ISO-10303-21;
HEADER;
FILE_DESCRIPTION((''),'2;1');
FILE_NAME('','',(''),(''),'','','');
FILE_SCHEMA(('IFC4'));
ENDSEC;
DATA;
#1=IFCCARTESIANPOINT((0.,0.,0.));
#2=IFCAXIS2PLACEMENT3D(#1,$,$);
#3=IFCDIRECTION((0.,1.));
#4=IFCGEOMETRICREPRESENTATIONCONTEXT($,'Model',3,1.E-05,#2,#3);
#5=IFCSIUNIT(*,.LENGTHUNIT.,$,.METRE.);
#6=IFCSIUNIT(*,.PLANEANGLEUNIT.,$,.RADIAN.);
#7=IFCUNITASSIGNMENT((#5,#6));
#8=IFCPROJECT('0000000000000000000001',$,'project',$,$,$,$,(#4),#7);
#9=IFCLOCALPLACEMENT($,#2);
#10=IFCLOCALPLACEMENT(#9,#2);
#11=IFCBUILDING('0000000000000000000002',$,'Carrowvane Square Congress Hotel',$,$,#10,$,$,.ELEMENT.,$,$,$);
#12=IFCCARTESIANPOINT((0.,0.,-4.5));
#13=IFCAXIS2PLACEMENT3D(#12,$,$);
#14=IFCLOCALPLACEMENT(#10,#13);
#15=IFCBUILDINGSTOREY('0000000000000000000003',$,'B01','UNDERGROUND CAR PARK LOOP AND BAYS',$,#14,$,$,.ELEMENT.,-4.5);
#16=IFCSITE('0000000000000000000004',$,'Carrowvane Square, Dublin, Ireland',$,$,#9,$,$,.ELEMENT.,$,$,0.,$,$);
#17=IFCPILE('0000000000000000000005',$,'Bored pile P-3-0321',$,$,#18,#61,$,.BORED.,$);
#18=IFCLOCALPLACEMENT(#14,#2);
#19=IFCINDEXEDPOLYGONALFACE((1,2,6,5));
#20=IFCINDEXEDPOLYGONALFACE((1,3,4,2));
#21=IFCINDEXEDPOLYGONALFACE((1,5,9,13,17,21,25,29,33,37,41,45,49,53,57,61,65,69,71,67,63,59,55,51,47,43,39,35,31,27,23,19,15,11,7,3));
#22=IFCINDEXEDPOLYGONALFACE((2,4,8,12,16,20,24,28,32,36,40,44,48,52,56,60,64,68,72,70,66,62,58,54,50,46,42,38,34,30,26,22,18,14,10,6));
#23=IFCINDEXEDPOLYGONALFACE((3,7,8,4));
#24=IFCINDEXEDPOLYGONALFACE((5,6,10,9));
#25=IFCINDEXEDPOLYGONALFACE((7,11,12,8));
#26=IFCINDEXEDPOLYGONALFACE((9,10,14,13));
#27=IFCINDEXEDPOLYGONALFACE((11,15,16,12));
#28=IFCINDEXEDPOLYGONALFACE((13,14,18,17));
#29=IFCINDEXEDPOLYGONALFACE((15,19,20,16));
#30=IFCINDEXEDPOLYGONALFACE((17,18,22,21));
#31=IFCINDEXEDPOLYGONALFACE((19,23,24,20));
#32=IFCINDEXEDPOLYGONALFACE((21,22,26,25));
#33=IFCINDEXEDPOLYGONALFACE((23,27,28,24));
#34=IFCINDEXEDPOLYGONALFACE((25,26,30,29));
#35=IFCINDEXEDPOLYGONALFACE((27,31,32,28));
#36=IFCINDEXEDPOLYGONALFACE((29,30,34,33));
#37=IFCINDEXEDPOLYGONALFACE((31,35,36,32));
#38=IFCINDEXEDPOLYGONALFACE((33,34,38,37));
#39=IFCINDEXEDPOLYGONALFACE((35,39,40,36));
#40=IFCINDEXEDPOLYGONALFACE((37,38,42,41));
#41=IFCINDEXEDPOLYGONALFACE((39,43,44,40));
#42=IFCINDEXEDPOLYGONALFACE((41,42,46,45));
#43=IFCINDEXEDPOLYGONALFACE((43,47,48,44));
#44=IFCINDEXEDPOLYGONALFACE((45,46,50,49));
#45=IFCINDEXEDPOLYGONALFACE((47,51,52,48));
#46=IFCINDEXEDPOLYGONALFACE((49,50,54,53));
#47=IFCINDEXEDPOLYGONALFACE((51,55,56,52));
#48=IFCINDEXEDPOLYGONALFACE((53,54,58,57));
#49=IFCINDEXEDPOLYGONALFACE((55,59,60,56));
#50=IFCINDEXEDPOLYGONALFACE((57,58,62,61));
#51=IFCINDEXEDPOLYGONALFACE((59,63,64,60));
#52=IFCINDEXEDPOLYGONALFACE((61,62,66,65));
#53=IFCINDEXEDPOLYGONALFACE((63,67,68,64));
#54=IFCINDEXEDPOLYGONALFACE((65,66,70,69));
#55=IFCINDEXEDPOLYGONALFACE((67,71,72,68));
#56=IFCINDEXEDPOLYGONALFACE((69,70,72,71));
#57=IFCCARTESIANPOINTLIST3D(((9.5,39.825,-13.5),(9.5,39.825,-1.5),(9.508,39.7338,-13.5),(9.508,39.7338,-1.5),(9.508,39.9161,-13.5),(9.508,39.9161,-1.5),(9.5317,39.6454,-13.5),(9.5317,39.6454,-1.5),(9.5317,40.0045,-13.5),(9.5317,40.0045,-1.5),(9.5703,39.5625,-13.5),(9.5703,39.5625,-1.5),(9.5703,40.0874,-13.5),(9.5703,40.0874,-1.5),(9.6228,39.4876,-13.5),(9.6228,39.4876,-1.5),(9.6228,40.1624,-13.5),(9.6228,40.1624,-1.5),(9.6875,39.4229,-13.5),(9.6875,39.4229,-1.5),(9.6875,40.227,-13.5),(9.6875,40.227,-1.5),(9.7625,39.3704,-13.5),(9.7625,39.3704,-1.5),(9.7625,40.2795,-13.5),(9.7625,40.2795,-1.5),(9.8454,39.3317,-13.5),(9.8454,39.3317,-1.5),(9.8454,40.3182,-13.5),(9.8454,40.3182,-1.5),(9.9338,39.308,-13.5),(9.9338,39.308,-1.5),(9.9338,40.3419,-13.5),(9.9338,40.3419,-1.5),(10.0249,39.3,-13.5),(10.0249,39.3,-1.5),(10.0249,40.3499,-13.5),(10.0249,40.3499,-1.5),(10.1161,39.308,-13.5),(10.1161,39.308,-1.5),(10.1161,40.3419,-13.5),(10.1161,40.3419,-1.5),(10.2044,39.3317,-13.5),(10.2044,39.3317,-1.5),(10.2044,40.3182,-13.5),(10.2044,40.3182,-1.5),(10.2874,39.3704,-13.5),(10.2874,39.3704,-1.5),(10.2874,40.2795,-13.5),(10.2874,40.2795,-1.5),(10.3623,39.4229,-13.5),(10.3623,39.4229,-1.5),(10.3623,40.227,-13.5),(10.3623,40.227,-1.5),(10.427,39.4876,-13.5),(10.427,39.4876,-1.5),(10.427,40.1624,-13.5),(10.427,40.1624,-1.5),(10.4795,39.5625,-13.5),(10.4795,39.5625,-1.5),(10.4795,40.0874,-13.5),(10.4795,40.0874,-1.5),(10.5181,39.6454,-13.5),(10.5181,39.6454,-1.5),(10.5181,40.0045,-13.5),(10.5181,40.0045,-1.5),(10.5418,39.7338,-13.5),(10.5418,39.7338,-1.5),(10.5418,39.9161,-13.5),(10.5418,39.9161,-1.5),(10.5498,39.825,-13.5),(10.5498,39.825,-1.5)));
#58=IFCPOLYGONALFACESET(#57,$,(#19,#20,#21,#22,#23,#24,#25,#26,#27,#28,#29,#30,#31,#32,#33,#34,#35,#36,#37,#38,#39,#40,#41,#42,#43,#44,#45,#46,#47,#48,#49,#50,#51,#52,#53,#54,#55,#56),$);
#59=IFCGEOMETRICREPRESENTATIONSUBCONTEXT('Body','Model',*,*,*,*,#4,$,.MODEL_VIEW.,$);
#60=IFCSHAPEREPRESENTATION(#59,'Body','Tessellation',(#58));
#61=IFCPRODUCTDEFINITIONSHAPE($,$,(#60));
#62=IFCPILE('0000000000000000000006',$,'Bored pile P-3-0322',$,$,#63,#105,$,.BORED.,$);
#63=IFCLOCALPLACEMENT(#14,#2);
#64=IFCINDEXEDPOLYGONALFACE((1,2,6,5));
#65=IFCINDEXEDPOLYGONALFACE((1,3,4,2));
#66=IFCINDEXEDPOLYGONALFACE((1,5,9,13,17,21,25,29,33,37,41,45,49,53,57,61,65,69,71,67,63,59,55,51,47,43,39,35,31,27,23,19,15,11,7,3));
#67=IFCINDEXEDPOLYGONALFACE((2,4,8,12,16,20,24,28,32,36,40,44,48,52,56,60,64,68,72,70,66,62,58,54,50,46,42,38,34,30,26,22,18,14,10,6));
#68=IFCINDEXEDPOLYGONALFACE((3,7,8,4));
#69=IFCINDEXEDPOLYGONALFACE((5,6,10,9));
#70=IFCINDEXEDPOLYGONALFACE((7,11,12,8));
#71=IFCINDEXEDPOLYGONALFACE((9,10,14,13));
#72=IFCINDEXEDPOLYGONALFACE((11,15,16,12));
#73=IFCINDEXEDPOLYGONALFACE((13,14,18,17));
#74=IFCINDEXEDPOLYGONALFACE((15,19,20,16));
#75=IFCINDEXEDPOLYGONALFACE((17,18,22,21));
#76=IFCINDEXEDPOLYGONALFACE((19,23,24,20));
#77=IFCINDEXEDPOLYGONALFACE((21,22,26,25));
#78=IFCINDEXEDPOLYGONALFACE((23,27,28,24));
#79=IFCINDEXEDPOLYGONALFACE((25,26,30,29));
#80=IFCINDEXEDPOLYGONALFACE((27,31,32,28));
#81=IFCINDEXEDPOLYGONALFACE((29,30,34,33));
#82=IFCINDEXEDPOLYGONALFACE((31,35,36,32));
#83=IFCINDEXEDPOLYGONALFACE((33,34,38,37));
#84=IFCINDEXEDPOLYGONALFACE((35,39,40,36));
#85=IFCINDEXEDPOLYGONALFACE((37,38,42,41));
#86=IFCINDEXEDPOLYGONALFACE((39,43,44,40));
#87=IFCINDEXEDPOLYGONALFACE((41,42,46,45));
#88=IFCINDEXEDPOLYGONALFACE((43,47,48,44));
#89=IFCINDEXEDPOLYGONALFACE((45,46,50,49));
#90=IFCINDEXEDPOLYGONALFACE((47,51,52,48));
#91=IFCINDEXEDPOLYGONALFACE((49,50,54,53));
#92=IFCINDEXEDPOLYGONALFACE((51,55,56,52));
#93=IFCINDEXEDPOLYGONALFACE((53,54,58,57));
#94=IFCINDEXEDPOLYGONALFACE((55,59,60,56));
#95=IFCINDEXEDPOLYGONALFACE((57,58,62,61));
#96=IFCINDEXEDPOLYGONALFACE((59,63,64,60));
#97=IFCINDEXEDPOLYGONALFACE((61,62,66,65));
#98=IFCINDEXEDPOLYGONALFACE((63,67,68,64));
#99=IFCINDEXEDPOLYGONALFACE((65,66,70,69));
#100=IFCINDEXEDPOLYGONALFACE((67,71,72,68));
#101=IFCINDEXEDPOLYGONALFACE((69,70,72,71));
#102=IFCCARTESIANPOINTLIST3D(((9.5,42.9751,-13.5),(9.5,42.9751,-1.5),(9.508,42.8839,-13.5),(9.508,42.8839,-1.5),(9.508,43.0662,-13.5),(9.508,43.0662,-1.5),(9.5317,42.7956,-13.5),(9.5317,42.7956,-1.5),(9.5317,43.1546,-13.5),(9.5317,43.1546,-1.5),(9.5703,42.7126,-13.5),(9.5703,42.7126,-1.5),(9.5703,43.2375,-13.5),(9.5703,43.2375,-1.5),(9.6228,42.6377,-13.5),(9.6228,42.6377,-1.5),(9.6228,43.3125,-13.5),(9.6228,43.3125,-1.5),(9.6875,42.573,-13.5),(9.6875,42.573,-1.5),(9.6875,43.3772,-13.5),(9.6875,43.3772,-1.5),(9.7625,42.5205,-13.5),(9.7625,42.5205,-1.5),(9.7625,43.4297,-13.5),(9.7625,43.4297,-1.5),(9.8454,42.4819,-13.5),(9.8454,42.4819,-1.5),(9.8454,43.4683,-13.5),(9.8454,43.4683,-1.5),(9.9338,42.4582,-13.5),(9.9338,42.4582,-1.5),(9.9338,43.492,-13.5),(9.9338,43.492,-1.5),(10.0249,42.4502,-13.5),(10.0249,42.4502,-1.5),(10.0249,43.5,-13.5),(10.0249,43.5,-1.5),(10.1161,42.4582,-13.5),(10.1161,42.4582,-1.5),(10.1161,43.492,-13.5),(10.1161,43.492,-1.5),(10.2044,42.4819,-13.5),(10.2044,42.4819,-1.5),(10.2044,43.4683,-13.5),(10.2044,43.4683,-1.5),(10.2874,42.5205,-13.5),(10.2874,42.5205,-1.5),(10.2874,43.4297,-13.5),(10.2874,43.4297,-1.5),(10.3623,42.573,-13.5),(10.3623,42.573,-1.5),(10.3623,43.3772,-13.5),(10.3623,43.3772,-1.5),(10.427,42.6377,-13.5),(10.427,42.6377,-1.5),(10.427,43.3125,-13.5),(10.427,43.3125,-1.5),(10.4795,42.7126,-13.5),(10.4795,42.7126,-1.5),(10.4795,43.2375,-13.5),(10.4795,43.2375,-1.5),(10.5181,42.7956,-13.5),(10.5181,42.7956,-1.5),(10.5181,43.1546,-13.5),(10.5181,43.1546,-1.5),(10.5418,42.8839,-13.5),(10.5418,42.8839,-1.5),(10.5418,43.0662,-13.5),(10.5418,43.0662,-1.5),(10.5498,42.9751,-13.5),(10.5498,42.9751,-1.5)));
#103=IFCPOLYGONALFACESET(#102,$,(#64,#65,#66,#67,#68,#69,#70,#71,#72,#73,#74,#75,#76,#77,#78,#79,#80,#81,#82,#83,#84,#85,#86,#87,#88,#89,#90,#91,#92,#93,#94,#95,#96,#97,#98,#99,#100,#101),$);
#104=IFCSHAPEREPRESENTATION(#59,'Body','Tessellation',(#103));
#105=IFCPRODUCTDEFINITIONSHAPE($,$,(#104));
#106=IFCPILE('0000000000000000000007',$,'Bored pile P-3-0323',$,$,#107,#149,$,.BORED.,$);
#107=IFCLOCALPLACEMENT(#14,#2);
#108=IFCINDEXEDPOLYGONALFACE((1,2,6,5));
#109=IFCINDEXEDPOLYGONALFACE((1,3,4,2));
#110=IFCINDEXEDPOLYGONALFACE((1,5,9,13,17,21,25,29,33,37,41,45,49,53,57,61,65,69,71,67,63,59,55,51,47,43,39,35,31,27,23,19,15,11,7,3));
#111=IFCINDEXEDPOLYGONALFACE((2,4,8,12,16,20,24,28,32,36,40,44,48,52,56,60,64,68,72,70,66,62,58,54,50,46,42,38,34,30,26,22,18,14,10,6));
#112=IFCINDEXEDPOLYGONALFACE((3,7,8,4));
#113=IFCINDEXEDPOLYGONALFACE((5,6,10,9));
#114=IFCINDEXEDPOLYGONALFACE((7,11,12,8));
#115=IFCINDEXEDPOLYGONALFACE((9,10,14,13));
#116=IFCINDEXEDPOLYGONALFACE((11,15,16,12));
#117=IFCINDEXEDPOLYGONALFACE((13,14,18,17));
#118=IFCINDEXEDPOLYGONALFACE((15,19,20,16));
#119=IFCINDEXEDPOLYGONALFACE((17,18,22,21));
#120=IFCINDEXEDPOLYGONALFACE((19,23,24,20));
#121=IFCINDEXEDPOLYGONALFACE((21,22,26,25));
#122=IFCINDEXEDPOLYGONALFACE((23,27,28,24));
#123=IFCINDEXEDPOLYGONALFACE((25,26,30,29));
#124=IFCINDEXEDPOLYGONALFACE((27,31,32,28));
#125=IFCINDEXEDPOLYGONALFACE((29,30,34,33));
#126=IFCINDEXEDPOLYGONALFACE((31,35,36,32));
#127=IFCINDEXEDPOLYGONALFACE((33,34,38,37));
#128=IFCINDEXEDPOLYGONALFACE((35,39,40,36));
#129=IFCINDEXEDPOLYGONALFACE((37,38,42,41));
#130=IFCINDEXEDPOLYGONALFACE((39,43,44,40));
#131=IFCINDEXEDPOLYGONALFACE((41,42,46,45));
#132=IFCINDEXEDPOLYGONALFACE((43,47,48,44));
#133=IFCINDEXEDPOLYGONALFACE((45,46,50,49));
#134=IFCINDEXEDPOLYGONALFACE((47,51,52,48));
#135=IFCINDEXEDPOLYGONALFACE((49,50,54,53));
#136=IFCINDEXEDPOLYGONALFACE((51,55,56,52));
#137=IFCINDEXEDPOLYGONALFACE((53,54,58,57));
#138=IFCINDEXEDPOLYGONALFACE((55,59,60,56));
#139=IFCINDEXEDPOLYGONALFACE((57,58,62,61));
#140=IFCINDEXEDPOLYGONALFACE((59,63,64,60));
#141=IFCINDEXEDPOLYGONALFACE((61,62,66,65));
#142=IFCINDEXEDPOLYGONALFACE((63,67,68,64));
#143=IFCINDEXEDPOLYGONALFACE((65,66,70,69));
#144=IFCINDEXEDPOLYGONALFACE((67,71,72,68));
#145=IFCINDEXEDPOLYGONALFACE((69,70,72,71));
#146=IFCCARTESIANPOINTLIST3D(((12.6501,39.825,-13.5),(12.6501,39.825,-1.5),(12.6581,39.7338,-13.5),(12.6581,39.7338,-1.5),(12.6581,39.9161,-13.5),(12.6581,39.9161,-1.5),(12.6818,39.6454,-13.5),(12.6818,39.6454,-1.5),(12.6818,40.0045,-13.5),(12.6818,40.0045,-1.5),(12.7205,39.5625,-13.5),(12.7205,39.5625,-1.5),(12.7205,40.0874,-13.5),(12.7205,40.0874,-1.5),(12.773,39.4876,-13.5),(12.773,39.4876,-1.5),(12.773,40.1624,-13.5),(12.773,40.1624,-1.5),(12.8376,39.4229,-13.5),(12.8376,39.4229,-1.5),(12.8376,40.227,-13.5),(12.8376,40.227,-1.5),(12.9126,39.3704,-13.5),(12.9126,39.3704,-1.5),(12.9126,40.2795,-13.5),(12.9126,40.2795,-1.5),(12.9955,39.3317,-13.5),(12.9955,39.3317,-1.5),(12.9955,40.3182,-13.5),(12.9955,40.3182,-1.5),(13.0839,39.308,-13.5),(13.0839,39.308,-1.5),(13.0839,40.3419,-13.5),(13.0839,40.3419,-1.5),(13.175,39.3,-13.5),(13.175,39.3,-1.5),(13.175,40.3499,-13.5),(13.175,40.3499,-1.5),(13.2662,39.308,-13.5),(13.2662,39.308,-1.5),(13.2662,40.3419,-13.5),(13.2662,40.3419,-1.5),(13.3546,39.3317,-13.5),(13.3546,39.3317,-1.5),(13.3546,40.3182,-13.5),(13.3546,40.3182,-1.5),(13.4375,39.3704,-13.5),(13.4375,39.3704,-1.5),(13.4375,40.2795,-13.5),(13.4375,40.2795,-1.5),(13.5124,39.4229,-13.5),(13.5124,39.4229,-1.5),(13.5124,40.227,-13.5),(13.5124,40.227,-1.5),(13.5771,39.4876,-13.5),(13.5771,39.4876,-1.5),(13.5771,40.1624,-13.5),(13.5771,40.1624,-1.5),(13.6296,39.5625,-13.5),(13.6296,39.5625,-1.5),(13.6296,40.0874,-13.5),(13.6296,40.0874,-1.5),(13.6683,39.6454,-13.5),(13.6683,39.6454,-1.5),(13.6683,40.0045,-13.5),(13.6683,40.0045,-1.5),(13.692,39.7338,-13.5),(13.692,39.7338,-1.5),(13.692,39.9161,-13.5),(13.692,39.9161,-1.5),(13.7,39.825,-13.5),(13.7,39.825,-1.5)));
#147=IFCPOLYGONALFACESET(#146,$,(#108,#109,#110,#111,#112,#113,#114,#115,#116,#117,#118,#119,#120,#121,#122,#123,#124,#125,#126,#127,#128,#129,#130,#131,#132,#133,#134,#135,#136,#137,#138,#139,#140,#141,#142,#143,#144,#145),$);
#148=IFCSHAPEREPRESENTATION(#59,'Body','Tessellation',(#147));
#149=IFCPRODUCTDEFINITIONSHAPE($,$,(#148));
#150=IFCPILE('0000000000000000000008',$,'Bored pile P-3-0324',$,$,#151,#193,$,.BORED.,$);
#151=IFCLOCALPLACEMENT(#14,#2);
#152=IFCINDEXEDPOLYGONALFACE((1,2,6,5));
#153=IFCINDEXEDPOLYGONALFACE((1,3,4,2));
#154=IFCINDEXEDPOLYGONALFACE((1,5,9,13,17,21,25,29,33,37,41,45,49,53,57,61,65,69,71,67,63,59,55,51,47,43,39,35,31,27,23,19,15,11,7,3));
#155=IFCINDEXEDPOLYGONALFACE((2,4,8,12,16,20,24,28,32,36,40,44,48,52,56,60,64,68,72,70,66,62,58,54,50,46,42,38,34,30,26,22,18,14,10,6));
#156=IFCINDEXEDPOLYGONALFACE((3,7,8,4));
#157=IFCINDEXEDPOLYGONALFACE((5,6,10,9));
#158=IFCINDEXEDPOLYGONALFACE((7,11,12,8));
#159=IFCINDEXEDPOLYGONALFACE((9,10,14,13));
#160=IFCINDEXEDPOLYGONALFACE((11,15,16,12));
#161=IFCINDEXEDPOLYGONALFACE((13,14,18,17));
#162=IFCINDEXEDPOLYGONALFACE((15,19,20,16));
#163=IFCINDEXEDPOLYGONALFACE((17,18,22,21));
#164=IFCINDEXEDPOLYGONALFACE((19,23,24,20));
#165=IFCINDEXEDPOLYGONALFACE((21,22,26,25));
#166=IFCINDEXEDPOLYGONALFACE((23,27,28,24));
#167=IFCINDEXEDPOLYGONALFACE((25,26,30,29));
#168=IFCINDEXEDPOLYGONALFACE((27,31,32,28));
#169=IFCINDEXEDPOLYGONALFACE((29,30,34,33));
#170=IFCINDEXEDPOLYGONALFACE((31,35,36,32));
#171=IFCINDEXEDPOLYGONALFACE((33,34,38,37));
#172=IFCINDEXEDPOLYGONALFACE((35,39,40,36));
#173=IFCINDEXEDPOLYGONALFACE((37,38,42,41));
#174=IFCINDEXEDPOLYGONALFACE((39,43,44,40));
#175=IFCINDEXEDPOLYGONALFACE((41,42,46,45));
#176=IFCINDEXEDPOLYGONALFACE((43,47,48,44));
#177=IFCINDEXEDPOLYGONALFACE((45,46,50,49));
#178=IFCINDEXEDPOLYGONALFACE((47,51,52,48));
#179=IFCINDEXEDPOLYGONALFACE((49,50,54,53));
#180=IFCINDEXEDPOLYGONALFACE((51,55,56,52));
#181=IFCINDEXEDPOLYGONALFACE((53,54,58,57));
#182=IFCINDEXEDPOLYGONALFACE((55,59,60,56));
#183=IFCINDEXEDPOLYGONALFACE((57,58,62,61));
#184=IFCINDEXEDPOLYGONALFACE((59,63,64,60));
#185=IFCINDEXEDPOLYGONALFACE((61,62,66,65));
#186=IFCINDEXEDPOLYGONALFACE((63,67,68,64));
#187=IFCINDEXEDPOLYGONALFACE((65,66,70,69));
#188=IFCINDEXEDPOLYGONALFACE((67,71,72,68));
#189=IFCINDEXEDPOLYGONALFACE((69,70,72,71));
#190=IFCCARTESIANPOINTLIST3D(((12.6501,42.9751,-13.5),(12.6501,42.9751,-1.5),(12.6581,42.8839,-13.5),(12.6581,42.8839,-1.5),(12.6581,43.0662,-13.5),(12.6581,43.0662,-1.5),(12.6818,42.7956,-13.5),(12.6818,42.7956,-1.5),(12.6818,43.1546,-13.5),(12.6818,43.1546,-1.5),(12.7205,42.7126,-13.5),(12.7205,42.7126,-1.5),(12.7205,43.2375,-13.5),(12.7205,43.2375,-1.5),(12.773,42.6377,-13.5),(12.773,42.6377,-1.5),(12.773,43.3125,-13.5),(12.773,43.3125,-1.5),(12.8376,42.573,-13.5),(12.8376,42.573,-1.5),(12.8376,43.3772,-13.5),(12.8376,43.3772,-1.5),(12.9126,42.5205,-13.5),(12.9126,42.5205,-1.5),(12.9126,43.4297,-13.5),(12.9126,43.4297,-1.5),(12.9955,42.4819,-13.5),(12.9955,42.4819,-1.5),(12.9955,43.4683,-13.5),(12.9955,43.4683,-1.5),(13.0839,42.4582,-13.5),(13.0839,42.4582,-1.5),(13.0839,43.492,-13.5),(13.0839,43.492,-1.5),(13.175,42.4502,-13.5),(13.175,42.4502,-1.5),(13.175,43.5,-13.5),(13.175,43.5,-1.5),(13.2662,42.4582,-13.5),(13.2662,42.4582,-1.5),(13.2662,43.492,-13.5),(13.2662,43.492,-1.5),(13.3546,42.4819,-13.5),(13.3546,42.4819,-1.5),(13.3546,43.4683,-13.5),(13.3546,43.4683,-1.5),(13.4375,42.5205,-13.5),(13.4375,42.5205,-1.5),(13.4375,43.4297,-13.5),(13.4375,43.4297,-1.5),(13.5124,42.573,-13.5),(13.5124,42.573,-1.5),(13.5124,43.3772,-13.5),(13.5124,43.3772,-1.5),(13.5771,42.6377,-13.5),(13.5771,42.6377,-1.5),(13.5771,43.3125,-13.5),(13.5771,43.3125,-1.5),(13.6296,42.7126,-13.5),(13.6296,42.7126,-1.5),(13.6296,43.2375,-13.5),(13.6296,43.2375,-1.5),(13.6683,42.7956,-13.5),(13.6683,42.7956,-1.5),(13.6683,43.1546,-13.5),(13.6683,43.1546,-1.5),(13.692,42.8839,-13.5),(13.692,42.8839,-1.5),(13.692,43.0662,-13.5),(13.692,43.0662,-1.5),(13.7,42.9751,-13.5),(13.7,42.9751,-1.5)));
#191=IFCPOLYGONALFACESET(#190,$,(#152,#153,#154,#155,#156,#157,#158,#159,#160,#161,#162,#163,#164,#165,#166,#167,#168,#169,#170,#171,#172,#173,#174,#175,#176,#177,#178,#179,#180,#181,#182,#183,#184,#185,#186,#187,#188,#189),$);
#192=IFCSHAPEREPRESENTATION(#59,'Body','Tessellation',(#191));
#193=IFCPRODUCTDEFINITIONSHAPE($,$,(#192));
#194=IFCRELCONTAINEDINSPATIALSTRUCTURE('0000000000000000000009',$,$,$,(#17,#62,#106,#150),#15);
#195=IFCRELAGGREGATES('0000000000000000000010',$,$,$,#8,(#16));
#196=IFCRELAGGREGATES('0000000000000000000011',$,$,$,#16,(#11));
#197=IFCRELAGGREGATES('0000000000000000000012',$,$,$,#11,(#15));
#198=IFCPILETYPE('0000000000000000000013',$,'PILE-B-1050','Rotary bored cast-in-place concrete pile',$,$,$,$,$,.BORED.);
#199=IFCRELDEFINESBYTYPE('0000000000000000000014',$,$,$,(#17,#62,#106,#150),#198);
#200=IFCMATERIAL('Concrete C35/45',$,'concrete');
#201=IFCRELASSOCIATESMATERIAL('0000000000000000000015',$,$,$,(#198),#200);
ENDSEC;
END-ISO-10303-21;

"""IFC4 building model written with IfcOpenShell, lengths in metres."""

from ifc_helpers import new_model, si_unit, direction, frame, origin, origin_2d, place, context, subcontext, project, spatial, circle, extrude, material, material_profile, profile_set, type_object, element, save


model = new_model("IFC4")

# Units and contexts
model_context = context("Model", 3, precision=1e-05, world=origin(), true_north=direction((0.0, 1.0)))
body_context = subcontext(model_context, "Body", "Model", "MODEL_VIEW")
ifc_project = project(units=[si_unit("LENGTHUNIT", "METRE"), si_unit("PLANEANGLEUNIT", "RADIAN")], contexts=[model_context])

# Site, building, storey
site_placement = place(None, origin())
site = spatial("IfcSite", under=ifc_project, at=site_placement, Name="Carrowvane Square, Dublin, Ireland", CompositionType="ELEMENT", RefElevation=0.0)
building_placement = place(site_placement, origin())
building = spatial("IfcBuilding", under=site, at=building_placement, Name="Carrowvane Square Congress Hotel", CompositionType="ELEMENT")
storey_placement = place(building_placement, frame((0.0, 0.0, -4.5)))
storey = spatial("IfcBuildingStorey", under=building, at=storey_placement, Name="B01", Description="UNDERGROUND CAR PARK LOOP AND BAYS", CompositionType="ELEMENT", Elevation=-4.5)

# Piles
ifc_material_1 = material(Name="Concrete C35/45", Category="concrete")
ifc_material_profile_1 = material_profile(ifc_material_1, circle(Radius=0.5249, at=origin_2d()), Name="PILE D1050")
ifc_profile_set_1 = profile_set([ifc_material_profile_1], Name="Concrete C35/45")
pile_type_1 = type_object("IfcPileType", Name="PILE-B-1050", Description="Rotary bored cast-in-place concrete pile", PredefinedType="BORED", material=ifc_profile_set_1)
for number, where, z_axis, x_axis, name in (
    (1, (10.0249, 39.825, -1.5), (0.0, 0.0, -1.0), (1.0, 0.0, 0.0), "Bored pile P-3-0321"),
    (2, (10.0249, 42.9751, -1.5), (0.0, 0.0, -1.0), (1.0, 0.0, 0.0), "Bored pile P-3-0322"),
    (3, (13.175, 39.825, -1.5), (0.0, 0.0, -1.0), (1.0, 0.0, 0.0), "Bored pile P-3-0323"),
    (4, (13.175, 42.9751, -1.5), (0.0, 0.0, -1.0), (1.0, 0.0, 0.0), "Bored pile P-3-0324"),
):
    element("IfcPile", number, at=place(storey_placement, frame(where, z_axis=z_axis, x_axis=x_axis)), inside=storey, type_object=pile_type_1, Name=name, PredefinedType="BORED", context=body_context, shape_type="SweptSolid", body=[
        extrude(circle(Radius=0.5249, at=origin_2d()), origin(), (0.0, 0.0, 1.0), 12.0),
    ])

save(model, "model.ifc")
